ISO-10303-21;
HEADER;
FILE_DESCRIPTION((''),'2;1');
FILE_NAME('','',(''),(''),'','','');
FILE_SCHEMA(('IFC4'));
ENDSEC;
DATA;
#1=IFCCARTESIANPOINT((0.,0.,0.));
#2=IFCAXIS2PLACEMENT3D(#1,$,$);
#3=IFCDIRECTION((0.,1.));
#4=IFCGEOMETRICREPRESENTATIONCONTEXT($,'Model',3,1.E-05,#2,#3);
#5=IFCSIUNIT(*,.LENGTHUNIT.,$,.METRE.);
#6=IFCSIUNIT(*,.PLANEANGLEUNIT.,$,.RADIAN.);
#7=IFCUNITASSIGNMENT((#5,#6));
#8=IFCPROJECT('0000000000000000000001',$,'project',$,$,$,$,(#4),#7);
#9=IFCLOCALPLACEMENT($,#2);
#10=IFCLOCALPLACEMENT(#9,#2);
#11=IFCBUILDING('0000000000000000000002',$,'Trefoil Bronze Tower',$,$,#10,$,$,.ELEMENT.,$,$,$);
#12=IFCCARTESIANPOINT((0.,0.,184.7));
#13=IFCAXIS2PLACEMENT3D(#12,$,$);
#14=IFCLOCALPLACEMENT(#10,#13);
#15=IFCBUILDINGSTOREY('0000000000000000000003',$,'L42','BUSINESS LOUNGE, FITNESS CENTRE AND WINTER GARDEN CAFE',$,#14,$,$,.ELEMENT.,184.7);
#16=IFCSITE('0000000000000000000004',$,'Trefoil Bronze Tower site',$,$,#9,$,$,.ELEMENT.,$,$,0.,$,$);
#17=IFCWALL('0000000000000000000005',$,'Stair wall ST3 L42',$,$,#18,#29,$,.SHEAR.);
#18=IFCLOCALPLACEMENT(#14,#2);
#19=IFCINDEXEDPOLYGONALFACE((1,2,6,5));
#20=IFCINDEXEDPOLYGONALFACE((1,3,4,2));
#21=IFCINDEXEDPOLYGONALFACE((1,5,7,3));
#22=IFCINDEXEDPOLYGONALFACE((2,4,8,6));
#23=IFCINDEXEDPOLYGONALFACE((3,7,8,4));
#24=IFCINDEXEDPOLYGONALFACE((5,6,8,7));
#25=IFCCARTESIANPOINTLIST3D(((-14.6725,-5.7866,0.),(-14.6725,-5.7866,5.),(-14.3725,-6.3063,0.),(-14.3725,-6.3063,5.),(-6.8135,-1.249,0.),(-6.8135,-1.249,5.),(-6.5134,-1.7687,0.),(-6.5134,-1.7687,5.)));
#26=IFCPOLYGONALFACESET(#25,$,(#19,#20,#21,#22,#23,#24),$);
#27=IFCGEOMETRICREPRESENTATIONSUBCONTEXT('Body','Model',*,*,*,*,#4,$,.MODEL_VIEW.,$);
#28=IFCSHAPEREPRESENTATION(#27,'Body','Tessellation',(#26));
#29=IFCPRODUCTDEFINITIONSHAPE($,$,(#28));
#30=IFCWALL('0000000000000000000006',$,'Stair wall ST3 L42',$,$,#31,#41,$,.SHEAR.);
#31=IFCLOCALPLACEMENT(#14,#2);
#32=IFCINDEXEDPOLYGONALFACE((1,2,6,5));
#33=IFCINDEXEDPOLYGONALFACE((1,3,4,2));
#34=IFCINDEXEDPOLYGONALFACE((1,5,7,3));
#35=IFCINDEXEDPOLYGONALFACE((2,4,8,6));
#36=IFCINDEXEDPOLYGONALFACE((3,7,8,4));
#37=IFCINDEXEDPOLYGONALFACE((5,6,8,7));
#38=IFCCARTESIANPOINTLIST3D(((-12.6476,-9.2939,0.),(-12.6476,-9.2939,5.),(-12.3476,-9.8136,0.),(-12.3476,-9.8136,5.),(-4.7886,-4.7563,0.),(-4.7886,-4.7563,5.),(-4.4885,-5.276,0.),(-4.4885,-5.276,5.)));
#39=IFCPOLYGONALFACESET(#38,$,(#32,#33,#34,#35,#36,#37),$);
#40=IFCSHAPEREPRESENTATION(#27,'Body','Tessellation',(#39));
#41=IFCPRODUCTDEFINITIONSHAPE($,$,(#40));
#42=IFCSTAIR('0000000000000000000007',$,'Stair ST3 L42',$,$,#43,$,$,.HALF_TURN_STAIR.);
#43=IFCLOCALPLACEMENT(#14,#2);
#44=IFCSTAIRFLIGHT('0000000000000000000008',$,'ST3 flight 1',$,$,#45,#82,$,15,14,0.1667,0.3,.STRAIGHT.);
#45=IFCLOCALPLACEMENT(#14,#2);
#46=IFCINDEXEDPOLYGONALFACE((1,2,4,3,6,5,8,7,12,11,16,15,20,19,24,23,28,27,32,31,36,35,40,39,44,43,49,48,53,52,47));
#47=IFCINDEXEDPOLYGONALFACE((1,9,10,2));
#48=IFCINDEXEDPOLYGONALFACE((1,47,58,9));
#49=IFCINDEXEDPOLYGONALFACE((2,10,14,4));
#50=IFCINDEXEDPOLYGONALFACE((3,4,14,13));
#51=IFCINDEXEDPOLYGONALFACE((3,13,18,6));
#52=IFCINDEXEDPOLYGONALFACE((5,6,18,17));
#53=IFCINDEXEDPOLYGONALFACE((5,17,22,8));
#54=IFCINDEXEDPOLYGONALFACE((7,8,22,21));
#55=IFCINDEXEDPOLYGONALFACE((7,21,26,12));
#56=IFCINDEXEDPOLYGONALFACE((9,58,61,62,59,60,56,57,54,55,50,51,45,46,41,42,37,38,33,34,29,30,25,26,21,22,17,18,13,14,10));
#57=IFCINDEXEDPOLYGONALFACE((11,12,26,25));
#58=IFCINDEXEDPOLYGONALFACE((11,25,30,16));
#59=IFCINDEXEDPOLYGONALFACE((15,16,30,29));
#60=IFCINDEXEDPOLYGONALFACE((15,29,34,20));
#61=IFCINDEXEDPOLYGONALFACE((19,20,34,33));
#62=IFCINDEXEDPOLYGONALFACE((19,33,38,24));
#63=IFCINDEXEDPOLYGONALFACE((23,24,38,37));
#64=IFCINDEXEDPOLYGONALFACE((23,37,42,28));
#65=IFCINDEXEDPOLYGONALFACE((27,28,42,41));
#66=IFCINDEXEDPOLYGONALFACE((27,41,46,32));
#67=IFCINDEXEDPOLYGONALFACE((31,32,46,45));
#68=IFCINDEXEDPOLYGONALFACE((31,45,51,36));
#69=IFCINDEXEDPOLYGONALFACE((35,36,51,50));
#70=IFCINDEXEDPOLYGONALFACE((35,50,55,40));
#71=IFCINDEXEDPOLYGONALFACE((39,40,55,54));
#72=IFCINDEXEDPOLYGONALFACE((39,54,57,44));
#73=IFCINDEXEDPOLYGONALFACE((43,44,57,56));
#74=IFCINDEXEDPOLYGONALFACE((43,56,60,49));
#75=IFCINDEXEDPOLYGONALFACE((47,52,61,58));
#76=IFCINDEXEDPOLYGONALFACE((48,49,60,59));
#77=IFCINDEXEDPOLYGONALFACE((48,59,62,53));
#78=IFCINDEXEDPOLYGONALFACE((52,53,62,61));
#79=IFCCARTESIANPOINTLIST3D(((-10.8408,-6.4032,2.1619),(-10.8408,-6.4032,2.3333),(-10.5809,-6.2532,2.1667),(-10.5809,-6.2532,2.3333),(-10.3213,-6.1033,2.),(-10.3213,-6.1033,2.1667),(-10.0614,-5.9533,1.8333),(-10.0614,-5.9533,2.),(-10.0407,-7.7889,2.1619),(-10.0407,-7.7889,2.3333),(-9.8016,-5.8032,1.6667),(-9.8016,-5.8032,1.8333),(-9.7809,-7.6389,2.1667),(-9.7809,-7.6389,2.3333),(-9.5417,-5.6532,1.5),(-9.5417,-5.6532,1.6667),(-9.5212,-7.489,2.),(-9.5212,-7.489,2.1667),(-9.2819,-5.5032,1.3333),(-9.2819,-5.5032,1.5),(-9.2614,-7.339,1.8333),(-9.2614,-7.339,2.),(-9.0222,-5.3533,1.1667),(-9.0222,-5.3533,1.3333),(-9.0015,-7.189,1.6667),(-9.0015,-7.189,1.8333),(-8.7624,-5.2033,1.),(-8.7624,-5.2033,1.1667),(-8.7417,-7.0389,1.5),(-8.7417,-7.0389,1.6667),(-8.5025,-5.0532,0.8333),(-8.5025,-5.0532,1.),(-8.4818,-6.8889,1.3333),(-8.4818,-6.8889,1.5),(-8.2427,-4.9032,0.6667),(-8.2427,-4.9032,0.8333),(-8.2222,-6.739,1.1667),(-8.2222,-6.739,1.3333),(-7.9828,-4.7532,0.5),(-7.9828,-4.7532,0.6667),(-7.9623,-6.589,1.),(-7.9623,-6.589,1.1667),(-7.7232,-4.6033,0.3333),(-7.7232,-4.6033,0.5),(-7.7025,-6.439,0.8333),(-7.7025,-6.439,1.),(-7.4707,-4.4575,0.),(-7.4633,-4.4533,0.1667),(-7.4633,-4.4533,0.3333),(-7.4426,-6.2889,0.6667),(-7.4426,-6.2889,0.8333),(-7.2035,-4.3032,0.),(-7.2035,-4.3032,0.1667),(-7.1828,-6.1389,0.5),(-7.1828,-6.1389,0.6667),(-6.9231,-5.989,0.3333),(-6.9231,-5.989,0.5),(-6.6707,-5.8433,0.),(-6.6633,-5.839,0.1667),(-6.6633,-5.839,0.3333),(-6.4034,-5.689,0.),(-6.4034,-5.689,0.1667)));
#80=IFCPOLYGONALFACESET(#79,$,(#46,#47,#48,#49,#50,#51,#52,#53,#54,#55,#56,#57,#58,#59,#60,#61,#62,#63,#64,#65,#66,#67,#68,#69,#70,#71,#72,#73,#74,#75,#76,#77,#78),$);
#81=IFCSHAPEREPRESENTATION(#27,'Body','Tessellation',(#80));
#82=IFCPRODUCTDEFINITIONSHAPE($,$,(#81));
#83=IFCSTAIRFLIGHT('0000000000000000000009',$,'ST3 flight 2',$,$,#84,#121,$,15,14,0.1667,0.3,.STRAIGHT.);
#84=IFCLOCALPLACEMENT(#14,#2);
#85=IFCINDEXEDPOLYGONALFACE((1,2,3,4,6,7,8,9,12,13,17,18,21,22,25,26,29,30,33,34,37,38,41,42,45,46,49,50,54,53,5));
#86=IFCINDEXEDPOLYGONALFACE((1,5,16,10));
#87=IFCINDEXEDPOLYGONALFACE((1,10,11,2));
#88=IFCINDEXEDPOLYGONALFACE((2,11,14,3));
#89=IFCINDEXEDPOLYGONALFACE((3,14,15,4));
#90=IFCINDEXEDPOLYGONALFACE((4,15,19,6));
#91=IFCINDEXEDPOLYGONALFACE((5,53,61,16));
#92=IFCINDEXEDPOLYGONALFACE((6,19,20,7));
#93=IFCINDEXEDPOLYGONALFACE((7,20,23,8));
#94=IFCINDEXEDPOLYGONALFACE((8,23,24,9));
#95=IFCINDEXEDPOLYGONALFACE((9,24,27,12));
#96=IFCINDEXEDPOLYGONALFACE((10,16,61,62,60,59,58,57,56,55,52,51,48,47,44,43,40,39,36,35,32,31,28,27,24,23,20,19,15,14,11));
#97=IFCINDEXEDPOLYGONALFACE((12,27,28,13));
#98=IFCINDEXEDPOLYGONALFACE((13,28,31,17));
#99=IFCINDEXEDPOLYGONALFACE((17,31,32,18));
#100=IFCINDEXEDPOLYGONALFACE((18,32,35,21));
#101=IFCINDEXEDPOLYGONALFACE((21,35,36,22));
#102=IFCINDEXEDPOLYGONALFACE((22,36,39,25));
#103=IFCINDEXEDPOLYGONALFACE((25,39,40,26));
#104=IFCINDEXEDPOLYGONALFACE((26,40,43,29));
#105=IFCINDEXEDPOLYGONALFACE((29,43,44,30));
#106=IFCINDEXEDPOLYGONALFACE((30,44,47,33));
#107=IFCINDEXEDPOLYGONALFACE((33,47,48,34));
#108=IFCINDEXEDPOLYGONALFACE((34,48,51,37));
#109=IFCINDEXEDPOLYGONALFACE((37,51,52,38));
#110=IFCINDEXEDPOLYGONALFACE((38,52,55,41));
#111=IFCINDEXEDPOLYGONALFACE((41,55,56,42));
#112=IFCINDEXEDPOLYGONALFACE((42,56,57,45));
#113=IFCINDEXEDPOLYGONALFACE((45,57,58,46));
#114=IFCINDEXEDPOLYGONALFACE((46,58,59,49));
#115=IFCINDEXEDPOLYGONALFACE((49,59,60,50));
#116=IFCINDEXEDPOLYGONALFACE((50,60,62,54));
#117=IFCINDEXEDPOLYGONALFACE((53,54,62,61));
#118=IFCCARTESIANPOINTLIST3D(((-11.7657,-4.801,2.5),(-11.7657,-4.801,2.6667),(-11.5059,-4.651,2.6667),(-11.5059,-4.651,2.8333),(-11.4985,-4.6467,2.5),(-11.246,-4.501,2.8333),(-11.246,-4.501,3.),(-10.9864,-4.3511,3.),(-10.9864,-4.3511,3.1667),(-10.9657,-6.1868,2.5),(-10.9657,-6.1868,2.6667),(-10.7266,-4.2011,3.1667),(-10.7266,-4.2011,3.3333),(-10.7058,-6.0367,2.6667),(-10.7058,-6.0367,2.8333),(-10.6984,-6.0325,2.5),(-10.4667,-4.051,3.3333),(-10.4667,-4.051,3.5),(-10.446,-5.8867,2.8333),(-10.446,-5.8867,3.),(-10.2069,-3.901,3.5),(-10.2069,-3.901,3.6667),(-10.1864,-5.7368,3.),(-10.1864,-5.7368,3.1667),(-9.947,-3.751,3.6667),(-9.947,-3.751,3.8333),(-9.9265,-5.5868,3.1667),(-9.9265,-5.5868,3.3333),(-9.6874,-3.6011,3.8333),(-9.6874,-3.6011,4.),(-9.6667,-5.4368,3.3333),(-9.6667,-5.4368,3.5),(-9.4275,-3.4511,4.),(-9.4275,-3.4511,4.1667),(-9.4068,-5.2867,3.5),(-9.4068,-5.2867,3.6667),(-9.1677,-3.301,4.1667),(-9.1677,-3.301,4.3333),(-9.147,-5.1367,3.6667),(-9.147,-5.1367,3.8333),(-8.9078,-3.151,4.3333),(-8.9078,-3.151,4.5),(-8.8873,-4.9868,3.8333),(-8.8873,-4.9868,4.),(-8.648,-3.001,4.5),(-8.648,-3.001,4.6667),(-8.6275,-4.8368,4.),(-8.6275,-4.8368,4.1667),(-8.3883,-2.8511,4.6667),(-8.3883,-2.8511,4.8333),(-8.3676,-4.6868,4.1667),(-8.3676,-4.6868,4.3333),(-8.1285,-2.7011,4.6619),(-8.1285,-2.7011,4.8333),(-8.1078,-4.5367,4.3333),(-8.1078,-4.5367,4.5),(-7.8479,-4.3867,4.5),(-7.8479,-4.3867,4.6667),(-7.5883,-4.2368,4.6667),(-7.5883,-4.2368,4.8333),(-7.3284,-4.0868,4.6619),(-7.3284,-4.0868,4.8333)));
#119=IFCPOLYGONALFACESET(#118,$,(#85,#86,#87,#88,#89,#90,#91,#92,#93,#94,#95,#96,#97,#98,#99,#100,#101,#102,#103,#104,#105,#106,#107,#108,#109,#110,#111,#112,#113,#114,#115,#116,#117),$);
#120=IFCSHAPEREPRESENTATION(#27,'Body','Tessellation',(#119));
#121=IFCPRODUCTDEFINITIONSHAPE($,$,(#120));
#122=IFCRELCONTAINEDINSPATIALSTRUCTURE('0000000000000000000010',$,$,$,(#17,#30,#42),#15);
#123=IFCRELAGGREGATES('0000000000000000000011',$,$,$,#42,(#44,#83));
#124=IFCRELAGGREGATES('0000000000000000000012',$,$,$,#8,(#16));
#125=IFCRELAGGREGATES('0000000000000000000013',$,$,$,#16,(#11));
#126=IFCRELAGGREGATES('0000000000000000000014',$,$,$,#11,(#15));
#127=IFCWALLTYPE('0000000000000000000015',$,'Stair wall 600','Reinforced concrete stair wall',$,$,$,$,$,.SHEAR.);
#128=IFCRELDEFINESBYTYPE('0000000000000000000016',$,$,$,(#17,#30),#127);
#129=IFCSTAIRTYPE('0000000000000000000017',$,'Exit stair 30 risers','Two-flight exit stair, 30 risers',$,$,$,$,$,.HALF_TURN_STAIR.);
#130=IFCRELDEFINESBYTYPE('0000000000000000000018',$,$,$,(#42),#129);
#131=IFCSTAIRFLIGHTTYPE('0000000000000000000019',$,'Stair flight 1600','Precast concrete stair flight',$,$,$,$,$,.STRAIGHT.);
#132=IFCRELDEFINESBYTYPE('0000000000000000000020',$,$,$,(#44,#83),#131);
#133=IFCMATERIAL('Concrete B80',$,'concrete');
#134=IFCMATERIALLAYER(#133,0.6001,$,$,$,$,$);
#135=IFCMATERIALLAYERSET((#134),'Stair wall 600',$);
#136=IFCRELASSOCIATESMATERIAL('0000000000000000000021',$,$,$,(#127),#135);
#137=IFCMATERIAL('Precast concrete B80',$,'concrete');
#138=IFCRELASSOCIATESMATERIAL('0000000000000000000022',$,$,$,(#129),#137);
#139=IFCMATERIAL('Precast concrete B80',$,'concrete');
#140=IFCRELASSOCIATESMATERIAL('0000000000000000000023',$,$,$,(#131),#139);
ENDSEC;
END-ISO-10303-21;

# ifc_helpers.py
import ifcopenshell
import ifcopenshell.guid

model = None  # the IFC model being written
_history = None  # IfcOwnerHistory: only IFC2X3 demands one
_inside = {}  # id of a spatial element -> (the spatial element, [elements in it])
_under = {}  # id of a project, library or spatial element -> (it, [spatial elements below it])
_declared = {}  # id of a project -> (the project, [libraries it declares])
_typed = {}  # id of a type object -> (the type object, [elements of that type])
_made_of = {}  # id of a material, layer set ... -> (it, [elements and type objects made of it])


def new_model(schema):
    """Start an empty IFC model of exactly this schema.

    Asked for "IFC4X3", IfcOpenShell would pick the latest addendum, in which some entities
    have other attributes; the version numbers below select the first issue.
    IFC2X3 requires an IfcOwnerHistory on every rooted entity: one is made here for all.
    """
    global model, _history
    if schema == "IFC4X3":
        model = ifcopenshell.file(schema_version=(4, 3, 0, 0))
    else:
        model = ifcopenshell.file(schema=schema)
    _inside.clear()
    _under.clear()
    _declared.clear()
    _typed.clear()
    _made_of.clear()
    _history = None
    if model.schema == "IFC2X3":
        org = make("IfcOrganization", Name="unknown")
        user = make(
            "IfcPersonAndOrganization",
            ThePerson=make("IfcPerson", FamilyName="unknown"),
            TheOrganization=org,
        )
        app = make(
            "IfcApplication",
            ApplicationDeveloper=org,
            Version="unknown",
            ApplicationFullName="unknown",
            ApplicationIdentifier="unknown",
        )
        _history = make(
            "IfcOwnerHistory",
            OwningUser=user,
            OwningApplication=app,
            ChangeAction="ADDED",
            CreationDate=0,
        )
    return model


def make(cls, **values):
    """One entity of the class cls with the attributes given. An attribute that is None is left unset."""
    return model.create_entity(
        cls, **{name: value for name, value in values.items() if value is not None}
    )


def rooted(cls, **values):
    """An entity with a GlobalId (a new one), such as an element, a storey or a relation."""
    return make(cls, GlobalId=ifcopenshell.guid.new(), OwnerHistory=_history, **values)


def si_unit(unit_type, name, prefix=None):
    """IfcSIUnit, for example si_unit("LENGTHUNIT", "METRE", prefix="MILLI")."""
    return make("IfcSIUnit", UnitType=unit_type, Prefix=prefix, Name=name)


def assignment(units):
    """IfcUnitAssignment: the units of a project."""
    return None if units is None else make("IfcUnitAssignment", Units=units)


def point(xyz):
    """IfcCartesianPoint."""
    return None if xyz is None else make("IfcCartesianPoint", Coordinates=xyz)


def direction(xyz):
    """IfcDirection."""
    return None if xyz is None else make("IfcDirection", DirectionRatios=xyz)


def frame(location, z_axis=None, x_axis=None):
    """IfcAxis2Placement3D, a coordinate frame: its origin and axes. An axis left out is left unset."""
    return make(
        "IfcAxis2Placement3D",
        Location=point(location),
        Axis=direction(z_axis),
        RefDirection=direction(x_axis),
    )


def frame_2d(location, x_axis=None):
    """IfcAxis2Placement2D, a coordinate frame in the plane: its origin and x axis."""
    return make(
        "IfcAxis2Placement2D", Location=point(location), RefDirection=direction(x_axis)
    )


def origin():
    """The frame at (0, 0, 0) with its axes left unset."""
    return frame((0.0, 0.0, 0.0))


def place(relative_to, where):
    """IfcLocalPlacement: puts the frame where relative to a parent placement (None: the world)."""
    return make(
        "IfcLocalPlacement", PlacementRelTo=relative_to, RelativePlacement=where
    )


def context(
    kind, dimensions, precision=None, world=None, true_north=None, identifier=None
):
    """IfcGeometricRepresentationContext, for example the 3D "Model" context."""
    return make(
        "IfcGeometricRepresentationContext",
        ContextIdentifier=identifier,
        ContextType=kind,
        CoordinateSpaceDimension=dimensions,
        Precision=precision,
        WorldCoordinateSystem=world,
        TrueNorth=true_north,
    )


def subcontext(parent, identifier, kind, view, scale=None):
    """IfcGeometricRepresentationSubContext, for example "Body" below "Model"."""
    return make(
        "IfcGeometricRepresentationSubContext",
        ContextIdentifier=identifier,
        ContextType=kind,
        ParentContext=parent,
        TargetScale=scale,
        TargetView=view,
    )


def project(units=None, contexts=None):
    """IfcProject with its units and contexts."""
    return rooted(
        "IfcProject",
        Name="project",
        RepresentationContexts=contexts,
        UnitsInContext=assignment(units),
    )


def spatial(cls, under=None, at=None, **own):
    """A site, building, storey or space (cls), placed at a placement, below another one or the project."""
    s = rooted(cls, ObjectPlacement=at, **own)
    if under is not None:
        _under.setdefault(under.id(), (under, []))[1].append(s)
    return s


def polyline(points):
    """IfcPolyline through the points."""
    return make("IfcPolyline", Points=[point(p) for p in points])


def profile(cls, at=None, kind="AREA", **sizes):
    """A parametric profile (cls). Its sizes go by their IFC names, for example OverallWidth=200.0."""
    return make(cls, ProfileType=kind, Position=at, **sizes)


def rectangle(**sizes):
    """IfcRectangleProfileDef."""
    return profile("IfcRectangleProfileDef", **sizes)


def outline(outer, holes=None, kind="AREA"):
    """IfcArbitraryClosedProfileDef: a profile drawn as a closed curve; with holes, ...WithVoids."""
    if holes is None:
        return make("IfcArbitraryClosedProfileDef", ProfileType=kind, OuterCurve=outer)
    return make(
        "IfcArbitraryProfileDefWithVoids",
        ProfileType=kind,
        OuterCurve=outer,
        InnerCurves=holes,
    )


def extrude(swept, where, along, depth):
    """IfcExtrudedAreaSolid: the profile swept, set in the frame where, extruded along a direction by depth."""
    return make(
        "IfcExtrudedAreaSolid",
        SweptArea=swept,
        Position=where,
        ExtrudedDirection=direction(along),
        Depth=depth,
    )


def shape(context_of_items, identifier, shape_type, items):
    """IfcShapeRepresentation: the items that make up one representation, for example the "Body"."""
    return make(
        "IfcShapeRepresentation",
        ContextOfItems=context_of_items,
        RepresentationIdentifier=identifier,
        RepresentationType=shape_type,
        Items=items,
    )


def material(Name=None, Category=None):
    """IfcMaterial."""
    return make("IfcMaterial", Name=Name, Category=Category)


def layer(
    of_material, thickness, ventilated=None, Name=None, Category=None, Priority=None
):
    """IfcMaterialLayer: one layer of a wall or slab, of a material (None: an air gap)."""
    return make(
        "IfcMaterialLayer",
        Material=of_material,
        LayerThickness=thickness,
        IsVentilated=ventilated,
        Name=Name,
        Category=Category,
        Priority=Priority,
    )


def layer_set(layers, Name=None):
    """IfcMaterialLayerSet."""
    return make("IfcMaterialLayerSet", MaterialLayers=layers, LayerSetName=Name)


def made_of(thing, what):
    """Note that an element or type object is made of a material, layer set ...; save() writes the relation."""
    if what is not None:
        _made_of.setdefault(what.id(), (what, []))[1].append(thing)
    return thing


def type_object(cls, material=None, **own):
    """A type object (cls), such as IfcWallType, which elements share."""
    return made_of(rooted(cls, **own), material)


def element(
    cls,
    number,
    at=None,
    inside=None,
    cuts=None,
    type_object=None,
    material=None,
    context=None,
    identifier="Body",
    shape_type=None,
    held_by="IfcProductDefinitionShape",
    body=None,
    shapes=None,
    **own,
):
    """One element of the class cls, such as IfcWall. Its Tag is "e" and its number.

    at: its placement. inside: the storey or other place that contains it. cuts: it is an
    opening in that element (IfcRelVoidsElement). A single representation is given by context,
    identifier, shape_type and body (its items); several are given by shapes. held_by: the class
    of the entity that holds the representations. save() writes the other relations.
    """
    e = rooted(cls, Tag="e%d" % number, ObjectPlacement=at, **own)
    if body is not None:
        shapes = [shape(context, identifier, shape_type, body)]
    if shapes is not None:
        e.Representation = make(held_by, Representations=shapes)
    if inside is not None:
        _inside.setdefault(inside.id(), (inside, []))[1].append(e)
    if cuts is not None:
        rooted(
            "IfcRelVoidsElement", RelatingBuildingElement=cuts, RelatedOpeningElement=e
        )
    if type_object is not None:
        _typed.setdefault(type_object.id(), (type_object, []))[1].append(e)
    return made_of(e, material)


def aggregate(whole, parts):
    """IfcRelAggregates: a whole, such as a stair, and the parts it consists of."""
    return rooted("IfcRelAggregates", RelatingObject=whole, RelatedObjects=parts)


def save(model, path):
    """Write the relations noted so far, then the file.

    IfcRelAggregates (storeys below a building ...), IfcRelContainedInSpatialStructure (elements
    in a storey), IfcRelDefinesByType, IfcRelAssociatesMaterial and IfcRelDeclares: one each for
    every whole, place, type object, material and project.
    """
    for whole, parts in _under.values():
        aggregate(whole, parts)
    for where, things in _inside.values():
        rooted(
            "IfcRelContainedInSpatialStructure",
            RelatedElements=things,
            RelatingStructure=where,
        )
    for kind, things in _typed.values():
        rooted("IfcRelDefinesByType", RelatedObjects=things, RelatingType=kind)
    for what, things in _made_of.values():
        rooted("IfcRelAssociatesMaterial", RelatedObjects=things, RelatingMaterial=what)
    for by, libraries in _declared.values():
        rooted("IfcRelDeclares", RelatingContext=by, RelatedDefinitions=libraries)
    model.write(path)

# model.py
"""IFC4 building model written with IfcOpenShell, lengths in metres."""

from ifc_helpers import new_model, si_unit, direction, frame, frame_2d, origin, place, context, subcontext, project, spatial, polyline, rectangle, outline, extrude, material, layer, layer_set, type_object, element, aggregate, save


model = new_model("IFC4")

# Units and contexts
model_context = context("Model", 3, precision=1e-05, world=origin(), true_north=direction((0.0, 1.0)))
body_context = subcontext(model_context, "Body", "Model", "MODEL_VIEW")
ifc_project = project(units=[si_unit("LENGTHUNIT", "METRE"), si_unit("PLANEANGLEUNIT", "RADIAN")], contexts=[model_context])

# Site, building, storey
site_placement = place(None, origin())
site = spatial("IfcSite", under=ifc_project, at=site_placement, Name="Trefoil Bronze Tower site", CompositionType="ELEMENT", RefElevation=0.0)
building_placement = place(site_placement, origin())
building = spatial("IfcBuilding", under=site, at=building_placement, Name="Trefoil Bronze Tower", CompositionType="ELEMENT")
storey_placement = place(building_placement, frame((0.0, 0.0, 184.7)))
storey = spatial("IfcBuildingStorey", under=building, at=storey_placement, Name="L42", Description="BUSINESS LOUNGE, FITNESS CENTRE AND WINTER GARDEN CAFE", CompositionType="ELEMENT", Elevation=184.7)

# Walls
ifc_material_1 = material(Name="Concrete B80", Category="concrete")
ifc_layer_1 = layer(ifc_material_1, 0.6001)
ifc_layer_set_1 = layer_set([ifc_layer_1], Name="Stair wall 600")
wall_type_1 = type_object("IfcWallType", Name="Stair wall 600", Description="Reinforced concrete stair wall", PredefinedType="SHEAR", material=ifc_layer_set_1)
for number, where, z_axis, x_axis, name in (
    (1, (-6.6633, -1.5088, 0.0), (0.0, 0.0, 1.0), (-0.866019, -0.50001, 0.0), "Stair wall ST3 L42"),
    (2, (-4.6384, -5.0161, 0.0), (0.0, 0.0, 1.0), (-0.866019, -0.50001, 0.0), "Stair wall ST3 L42"),
):
    element("IfcWall", number, at=place(storey_placement, frame(where, z_axis=z_axis, x_axis=x_axis)), inside=storey, type_object=wall_type_1, Name=name, PredefinedType="SHEAR", context=body_context, shape_type="SweptSolid", body=[
        extrude(rectangle(XDim=9.075, YDim=0.6001, at=frame_2d((4.5376, 0.0))), origin(), (0.0, 0.0, 1.0), 5.0),
    ])

# Stair, stair flights
ifc_material_2 = material(Name="Precast concrete B80", Category="concrete")
stair_type = type_object("IfcStairType", Name="Exit stair 30 risers", Description="Two-flight exit stair, 30 risers", PredefinedType="HALF_TURN_STAIR", material=ifc_material_2)
stair_placement = place(storey_placement, origin())
stair = element("IfcStair", 3, at=stair_placement, inside=storey, type_object=stair_type, Name="Stair ST3 L42", PredefinedType="HALF_TURN_STAIR")
ifc_material_3 = material(Name="Precast concrete B80", Category="concrete")
stair_flight_type = type_object("IfcStairFlightType", Name="Stair flight 1600", Description="Precast concrete stair flight", PredefinedType="STRAIGHT", material=ifc_material_3)
stair_flight_1_placement = place(storey_placement, frame((-6.8035, -4.9961, 0.0), z_axis=(0.0, 0.0, 1.0), x_axis=(-0.866025, -0.5, 0.0)))
stair_flight_1 = element("IfcStairFlight", 4, at=stair_flight_1_placement, type_object=stair_flight_type, Name="ST3 flight 1", NumberOfRisers=15, NumberOfTreads=14, PredefinedType="STRAIGHT", RiserHeight=0.1667, TreadLength=0.3, context=body_context, shape_type="SweptSolid", body=[
    extrude(outline(polyline([(0.0, 0.0), (0.0, 0.1667), (0.3, 0.1667), (0.3, 0.3333), (0.6001, 0.3333), (0.6001, 0.5), (0.8999, 0.5), (0.8999, 0.6667), (1.2, 0.6667), (1.2, 0.8333), (1.5, 0.8333), (1.5, 1.0), (1.8, 1.0), (1.8, 1.1667), (2.1001, 1.1667), (2.1001, 1.3333), (2.3999, 1.3333), (2.3999, 1.5), (2.7, 1.5), (2.7, 1.6667), (3.0, 1.6667), (3.0, 1.8333), (3.3, 1.8333), (3.3, 2.0), (3.6001, 2.0), (3.6001, 2.1667), (3.8999, 2.1667), (3.8999, 2.3333), (4.2, 2.3333), (4.2, 2.5), (4.2, 2.1619), (0.3086, 0.0), (0.0, 0.0)])), frame((0.0, 0.8, 0.0), z_axis=(0.0, -1.0, 0.0), x_axis=(1.0, 0.0, 0.0)), (0.0, 0.0, 1.0), 1.6001),
])
stair_flight_2_placement = place(storey_placement, frame((-11.3657, -5.4939, 2.5), z_axis=(0.0, 0.0, 1.0), x_axis=(0.866025, 0.5, 0.0)))
stair_flight_2 = element("IfcStairFlight", 5, at=stair_flight_2_placement, type_object=stair_flight_type, Name="ST3 flight 2", NumberOfRisers=15, NumberOfTreads=14, PredefinedType="STRAIGHT", RiserHeight=0.1667, TreadLength=0.3, context=body_context, shape_type="SweptSolid", body=[
    extrude(outline(polyline([(0.0, 0.0), (0.0, 0.1667), (0.3, 0.1667), (0.3, 0.3333), (0.6001, 0.3333), (0.6001, 0.5), (0.8999, 0.5), (0.8999, 0.6667), (1.2, 0.6667), (1.2, 0.8333), (1.5, 0.8333), (1.5, 1.0), (1.8, 1.0), (1.8, 1.1667), (2.1001, 1.1667), (2.1001, 1.3333), (2.3999, 1.3333), (2.3999, 1.5), (2.7, 1.5), (2.7, 1.6667), (3.0, 1.6667), (3.0, 1.8333), (3.3, 1.8333), (3.3, 2.0), (3.6001, 2.0), (3.6001, 2.1667), (3.8999, 2.1667), (3.8999, 2.3333), (4.2, 2.3333), (4.2, 2.5), (4.2, 2.1619), (0.3086, 0.0), (0.0, 0.0)])), frame((0.0, 0.8, 0.0), z_axis=(0.0, -1.0, 0.0), x_axis=(1.0, 0.0, 0.0)), (0.0, 0.0, 1.0), 1.6001),
])
aggregate(stair, [stair_flight_1, stair_flight_2])

save(model, "model.ifc")
